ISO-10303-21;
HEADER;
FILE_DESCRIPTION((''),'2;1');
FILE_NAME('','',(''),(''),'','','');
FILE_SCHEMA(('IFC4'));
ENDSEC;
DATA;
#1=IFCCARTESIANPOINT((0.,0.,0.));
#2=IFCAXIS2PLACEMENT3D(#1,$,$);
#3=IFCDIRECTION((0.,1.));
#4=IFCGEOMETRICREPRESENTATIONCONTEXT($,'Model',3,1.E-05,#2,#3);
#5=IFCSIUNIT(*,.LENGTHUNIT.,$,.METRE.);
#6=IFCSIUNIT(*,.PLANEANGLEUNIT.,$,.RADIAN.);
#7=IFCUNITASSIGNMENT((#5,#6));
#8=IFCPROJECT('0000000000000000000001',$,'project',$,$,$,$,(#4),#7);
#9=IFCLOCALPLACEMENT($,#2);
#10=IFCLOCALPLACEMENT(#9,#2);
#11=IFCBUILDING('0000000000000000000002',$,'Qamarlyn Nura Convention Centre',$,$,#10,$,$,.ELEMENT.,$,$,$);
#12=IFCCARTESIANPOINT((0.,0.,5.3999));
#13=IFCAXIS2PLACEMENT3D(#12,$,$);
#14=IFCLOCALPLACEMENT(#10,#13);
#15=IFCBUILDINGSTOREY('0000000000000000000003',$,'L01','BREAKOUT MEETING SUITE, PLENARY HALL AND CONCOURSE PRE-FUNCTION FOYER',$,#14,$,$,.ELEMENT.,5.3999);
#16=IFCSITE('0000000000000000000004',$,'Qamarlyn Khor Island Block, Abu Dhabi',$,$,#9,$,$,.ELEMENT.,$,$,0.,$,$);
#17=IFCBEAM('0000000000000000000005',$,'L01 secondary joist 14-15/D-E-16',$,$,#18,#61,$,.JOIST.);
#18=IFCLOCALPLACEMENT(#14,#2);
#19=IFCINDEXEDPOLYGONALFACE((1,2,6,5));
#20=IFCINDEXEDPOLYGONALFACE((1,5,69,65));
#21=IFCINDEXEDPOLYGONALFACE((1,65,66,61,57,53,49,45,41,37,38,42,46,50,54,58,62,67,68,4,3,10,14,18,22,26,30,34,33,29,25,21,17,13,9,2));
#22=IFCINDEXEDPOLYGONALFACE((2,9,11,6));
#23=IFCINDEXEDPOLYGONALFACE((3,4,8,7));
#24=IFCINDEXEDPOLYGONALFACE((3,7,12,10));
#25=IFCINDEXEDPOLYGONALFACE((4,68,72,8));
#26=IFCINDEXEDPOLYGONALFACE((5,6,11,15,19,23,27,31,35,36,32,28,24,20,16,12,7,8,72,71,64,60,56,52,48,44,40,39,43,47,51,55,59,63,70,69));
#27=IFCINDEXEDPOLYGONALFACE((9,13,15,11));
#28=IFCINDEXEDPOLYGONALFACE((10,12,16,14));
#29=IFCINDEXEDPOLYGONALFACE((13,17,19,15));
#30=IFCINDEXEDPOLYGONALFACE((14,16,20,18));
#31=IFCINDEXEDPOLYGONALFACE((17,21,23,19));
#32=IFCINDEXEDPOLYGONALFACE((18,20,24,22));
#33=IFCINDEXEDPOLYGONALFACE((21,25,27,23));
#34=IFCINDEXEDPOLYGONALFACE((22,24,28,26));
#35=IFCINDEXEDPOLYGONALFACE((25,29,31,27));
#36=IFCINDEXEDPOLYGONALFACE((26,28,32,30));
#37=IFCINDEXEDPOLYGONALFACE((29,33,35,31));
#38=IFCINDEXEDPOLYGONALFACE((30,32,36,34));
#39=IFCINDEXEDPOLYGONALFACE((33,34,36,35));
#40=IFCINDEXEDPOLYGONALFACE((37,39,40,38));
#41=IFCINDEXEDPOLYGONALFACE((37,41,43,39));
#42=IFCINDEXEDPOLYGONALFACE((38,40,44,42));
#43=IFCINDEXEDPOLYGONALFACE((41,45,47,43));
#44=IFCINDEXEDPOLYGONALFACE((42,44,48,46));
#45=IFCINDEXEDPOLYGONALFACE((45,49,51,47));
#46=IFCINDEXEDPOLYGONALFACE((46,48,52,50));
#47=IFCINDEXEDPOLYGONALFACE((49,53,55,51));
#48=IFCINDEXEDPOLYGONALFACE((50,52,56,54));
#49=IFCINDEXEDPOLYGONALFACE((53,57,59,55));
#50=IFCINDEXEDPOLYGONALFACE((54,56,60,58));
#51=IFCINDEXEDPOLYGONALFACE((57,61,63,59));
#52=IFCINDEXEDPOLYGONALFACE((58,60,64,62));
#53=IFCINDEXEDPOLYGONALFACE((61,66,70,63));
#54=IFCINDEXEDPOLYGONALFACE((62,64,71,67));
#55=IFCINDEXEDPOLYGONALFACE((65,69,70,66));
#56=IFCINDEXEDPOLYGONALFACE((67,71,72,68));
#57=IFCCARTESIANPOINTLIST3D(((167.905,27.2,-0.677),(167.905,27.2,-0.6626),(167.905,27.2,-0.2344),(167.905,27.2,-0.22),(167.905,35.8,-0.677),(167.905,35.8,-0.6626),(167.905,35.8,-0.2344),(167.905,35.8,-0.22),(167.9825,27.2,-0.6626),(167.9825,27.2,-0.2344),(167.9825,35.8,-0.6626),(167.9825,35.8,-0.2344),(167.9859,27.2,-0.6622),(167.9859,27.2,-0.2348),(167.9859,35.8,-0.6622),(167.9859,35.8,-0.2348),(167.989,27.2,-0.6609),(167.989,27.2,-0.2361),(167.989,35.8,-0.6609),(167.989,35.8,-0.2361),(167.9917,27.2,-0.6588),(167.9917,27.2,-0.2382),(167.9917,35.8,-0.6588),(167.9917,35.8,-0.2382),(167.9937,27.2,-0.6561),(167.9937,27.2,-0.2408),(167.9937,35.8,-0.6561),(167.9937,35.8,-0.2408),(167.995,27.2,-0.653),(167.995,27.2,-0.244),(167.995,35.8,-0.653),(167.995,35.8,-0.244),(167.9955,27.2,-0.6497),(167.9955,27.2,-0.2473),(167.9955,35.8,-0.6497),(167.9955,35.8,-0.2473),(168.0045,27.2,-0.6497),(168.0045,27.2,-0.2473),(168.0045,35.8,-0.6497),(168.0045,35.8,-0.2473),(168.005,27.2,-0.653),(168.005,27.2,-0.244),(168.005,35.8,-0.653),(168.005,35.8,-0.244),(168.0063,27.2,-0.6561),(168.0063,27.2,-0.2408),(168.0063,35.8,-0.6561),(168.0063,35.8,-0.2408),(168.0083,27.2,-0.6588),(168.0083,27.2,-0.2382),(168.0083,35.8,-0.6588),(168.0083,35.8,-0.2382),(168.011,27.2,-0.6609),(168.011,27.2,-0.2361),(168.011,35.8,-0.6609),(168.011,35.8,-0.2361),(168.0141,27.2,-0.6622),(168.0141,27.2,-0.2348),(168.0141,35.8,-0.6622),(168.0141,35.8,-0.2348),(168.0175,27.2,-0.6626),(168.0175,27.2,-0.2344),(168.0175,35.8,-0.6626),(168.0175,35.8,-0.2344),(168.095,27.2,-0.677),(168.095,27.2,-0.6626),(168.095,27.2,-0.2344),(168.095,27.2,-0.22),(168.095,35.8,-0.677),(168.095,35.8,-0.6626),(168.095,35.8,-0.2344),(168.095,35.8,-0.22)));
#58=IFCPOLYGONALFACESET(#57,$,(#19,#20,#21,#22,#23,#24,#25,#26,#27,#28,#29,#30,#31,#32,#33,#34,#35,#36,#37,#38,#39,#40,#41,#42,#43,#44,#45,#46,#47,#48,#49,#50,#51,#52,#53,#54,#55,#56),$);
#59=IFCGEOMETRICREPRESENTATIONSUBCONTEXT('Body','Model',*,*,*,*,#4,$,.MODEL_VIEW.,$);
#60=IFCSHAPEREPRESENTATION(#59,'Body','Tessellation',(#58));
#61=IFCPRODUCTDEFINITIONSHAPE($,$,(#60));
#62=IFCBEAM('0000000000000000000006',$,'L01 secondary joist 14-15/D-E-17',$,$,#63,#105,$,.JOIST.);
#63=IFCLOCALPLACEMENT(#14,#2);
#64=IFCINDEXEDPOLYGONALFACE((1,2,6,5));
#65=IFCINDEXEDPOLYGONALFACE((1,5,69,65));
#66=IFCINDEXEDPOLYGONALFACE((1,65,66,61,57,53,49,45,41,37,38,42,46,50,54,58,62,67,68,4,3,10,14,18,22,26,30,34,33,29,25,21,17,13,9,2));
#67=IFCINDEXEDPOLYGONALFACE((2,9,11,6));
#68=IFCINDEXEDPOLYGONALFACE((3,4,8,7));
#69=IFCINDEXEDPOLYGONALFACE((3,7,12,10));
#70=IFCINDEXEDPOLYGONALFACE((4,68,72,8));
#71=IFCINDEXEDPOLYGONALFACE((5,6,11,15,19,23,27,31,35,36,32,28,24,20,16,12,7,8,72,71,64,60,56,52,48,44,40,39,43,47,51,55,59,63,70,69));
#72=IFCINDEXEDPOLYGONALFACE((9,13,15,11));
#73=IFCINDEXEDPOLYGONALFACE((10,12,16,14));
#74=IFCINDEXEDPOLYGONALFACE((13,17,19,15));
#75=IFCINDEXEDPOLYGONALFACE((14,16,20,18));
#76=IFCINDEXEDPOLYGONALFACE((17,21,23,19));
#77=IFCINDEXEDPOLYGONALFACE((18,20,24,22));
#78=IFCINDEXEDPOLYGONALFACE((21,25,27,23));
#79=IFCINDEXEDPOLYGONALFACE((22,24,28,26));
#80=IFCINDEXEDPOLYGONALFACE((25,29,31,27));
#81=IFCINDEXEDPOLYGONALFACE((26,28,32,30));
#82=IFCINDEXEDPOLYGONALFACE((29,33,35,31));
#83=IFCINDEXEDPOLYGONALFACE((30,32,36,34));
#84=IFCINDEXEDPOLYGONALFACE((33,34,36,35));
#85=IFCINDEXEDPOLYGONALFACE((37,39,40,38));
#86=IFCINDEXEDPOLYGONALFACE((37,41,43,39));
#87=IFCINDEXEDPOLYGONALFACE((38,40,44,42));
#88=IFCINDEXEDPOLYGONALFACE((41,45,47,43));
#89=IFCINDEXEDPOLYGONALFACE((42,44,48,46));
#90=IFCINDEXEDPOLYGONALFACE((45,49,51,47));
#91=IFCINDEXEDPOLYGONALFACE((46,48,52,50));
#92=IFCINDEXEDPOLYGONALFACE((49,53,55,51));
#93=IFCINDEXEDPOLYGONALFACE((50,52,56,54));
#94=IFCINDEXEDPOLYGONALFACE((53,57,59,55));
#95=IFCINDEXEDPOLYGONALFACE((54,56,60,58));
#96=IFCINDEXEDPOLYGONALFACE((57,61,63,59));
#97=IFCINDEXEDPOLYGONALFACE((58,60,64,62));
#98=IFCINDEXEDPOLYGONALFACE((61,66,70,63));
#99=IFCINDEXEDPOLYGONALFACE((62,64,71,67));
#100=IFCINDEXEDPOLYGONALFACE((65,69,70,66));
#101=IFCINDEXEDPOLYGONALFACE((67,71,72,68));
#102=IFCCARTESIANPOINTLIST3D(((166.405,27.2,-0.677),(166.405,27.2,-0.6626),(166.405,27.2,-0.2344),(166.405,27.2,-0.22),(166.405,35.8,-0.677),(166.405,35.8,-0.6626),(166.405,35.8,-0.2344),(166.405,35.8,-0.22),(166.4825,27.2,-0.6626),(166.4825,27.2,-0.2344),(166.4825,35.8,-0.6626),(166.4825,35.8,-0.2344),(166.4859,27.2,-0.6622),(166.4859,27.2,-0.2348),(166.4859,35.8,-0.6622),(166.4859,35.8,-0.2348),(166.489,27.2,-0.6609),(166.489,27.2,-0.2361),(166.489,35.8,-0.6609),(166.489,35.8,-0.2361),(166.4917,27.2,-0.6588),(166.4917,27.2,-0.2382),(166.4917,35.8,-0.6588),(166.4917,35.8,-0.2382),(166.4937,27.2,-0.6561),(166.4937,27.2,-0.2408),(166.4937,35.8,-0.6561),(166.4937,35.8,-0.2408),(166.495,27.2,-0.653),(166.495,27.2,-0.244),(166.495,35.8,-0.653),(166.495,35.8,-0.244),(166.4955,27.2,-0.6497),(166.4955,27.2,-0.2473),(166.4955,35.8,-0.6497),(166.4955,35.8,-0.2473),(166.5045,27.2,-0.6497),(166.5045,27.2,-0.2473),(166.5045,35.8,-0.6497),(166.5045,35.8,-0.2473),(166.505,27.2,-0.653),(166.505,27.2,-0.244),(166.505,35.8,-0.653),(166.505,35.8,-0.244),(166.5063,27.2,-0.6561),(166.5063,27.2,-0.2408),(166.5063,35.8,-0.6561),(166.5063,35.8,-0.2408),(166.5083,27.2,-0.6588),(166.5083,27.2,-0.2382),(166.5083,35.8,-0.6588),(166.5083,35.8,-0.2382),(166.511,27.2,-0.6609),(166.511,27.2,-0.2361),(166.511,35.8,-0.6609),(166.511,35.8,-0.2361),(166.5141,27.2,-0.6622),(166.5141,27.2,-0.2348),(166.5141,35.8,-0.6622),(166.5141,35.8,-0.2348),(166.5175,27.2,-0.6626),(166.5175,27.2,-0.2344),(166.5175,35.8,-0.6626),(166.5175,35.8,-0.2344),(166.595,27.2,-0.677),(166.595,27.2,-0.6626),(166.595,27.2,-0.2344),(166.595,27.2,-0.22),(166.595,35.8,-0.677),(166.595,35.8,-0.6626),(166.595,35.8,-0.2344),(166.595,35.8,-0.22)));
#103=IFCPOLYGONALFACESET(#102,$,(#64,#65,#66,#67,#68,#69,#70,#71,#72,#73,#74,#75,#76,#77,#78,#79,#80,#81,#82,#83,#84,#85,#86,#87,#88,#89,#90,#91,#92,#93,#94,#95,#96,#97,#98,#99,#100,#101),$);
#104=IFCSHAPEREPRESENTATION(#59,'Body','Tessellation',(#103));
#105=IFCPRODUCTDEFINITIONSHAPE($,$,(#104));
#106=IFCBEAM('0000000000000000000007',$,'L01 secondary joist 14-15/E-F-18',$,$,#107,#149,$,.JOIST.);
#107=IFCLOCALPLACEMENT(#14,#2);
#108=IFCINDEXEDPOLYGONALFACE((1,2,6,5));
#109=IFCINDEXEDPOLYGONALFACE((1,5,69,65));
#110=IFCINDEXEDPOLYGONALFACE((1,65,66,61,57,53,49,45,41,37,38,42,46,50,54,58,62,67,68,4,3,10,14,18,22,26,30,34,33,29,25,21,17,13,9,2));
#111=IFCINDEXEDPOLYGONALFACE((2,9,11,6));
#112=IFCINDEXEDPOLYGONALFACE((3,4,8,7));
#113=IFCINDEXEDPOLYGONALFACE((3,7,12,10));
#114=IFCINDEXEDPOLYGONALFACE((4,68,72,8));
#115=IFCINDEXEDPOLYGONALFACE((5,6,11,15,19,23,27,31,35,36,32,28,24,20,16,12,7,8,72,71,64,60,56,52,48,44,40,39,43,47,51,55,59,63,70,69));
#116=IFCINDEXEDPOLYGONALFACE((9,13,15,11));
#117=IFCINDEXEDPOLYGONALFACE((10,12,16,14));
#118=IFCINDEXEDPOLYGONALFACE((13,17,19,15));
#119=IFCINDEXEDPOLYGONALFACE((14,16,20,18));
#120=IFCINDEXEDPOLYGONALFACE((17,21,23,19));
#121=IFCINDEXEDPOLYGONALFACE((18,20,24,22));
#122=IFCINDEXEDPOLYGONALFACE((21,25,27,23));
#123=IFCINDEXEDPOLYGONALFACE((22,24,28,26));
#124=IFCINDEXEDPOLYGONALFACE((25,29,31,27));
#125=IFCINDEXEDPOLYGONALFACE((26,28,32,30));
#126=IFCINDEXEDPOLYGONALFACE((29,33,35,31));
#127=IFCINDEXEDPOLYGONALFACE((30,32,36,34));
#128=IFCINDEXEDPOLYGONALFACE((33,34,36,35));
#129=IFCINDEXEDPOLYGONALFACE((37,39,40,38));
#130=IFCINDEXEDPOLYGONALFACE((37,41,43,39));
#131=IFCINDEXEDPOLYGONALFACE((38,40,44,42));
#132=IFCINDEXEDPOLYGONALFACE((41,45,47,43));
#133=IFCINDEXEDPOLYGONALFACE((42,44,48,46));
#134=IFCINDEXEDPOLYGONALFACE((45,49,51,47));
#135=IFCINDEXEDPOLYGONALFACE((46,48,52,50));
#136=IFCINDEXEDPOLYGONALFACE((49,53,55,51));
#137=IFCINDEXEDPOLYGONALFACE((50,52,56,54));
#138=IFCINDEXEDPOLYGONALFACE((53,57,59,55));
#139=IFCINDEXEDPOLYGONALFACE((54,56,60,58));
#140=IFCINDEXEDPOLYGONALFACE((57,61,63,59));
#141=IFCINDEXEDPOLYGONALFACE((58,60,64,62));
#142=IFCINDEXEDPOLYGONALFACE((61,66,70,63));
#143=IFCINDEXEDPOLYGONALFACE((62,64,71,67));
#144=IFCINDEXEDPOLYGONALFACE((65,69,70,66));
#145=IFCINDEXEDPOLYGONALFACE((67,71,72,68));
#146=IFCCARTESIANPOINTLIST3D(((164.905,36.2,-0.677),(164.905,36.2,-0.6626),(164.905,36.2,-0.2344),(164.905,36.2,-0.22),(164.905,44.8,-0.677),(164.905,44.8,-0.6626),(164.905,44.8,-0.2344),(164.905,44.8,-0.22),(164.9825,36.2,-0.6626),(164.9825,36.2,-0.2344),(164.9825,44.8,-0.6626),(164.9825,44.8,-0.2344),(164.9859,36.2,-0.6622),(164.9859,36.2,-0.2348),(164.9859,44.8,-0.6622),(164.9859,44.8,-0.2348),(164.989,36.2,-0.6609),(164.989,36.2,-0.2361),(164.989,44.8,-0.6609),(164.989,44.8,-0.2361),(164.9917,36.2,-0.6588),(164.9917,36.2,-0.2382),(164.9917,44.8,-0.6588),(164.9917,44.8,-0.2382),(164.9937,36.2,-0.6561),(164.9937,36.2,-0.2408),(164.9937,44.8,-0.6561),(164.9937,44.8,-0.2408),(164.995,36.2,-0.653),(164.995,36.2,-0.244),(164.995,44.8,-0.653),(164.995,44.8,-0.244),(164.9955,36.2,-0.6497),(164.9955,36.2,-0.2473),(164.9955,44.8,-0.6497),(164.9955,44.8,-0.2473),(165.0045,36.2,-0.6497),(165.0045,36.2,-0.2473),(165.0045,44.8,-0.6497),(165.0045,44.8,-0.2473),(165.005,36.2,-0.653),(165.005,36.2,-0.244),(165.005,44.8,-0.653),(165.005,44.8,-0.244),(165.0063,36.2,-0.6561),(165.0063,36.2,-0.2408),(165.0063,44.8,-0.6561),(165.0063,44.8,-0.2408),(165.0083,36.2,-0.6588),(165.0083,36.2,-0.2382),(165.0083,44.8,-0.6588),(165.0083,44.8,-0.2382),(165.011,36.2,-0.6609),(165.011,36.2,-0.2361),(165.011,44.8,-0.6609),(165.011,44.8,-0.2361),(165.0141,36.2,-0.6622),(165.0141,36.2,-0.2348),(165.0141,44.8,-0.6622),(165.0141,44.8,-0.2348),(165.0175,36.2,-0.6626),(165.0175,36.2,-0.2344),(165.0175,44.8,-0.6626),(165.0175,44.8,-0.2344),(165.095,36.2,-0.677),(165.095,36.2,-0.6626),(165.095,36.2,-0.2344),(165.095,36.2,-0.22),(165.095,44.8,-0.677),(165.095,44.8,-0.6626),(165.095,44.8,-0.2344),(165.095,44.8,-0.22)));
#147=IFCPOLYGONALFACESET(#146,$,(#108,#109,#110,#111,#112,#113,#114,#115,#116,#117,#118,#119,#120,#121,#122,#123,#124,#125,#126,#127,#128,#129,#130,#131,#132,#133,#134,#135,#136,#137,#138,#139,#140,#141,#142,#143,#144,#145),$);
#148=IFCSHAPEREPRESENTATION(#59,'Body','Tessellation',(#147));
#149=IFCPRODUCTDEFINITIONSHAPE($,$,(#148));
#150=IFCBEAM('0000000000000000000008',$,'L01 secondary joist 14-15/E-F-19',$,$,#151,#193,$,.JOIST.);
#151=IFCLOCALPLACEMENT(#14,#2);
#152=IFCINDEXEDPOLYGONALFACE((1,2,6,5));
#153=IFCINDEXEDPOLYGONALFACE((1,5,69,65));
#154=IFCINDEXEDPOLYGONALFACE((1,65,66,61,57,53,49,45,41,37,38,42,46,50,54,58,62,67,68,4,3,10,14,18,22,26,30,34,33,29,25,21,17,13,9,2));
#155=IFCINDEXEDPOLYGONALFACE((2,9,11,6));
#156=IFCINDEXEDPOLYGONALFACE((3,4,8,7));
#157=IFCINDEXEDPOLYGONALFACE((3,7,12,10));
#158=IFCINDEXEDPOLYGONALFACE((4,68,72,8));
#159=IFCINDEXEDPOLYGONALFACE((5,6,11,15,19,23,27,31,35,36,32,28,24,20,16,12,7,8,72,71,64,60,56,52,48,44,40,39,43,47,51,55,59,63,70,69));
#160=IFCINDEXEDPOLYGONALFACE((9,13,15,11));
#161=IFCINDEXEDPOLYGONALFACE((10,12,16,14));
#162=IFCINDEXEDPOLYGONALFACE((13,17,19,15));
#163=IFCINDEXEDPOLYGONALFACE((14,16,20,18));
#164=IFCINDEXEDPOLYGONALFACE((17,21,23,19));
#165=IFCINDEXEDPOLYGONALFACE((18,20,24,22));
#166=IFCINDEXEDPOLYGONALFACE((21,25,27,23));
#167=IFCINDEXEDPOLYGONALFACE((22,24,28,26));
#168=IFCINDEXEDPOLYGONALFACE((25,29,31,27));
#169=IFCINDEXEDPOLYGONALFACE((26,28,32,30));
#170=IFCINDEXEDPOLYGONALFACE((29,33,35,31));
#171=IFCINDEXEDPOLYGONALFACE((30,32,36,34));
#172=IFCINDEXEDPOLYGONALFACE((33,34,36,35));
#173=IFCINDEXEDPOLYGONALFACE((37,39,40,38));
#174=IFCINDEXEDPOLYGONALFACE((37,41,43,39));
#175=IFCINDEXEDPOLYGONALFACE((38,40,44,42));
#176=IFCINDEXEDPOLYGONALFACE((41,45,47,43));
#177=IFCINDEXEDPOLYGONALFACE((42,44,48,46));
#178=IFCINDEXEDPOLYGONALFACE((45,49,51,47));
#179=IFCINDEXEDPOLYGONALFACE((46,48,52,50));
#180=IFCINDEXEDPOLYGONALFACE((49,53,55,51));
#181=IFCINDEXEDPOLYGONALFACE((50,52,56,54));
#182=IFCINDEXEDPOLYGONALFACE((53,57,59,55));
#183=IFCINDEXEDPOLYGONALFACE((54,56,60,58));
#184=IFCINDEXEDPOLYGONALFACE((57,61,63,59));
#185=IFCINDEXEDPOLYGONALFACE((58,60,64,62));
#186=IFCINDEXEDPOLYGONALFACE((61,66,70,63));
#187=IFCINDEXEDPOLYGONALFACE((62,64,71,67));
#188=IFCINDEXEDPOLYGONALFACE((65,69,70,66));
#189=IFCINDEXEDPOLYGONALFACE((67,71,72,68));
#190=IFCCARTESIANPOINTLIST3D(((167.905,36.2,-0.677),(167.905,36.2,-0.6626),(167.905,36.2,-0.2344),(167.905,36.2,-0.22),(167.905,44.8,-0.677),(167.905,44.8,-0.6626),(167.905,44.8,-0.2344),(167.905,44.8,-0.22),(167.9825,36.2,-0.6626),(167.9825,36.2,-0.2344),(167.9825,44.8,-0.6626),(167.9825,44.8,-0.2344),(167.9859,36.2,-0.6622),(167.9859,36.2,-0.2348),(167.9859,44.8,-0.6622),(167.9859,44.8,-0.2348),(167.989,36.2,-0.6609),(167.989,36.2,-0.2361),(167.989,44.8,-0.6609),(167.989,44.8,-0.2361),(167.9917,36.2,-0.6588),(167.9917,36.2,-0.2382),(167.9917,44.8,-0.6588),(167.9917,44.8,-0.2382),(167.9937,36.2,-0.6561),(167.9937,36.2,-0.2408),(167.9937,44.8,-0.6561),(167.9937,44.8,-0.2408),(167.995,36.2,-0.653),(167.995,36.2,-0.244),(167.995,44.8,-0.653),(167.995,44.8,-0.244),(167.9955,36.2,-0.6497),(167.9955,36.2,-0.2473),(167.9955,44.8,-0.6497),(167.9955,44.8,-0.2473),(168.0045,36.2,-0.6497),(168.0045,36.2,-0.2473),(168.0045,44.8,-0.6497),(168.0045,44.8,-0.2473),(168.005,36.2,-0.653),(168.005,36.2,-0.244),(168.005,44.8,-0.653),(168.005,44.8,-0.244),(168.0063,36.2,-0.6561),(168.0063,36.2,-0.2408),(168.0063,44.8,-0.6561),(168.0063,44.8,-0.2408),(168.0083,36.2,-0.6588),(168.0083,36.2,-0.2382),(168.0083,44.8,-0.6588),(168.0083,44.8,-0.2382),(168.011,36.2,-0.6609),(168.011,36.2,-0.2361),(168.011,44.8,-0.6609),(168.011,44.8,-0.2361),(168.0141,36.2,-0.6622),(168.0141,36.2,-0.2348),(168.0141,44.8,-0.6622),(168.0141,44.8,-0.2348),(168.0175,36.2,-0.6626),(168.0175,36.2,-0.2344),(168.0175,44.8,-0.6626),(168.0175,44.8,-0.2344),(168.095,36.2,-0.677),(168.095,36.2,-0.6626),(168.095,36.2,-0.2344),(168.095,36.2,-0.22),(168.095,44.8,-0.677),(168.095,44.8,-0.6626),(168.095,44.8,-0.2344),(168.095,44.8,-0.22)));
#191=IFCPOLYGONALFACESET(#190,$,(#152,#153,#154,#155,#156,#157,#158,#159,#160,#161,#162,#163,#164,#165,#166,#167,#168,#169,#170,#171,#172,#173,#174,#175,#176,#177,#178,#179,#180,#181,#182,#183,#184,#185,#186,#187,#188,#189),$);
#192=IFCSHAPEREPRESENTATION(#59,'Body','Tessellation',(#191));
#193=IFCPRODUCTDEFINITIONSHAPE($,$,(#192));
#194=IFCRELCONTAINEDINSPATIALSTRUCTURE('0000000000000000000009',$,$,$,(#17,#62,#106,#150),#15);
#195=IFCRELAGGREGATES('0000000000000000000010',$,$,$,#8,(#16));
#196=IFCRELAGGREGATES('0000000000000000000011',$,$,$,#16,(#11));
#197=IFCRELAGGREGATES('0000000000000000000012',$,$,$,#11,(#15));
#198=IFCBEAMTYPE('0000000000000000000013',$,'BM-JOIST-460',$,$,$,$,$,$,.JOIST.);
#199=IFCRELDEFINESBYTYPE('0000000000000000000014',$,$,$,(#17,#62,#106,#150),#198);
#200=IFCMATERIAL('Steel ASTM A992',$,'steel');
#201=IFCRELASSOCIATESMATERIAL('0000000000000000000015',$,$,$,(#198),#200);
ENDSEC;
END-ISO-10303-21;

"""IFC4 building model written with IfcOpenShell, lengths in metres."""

from ifc_helpers import new_model, si_unit, direction, frame, origin, origin_2d, place, context, subcontext, project, spatial, i_section, extrude, material, material_profile, profile_set, type_object, element, save


model = new_model("IFC4")

# Units and contexts
model_context = context("Model", 3, precision=1e-05, world=origin(), true_north=direction((0.0, 1.0)))
body_context = subcontext(model_context, "Body", "Model", "MODEL_VIEW")
ifc_project = project(units=[si_unit("LENGTHUNIT", "METRE"), si_unit("PLANEANGLEUNIT", "RADIAN")], contexts=[model_context])

# Site, building, storey
site_placement = place(None, origin())
site = spatial("IfcSite", under=ifc_project, at=site_placement, Name="Qamarlyn Khor Island Block, Abu Dhabi", CompositionType="ELEMENT", RefElevation=0.0)
building_placement = place(site_placement, origin())
building = spatial("IfcBuilding", under=site, at=building_placement, Name="Qamarlyn Nura Convention Centre", CompositionType="ELEMENT")
storey_placement = place(building_placement, frame((0.0, 0.0, 5.3999)))
storey = spatial("IfcBuildingStorey", under=building, at=storey_placement, Name="L01", Description="BREAKOUT MEETING SUITE, PLENARY HALL AND CONCOURSE PRE-FUNCTION FOYER", CompositionType="ELEMENT", Elevation=5.3999)

# Shared definitions
ifc_material_1 = material(Name="Steel ASTM A992", Category="steel")

# Beams
ifc_material_profile_1 = material_profile(ifc_material_1, i_section(OverallWidth=0.1899, OverallDepth=0.457, WebThickness=0.009, FlangeThickness=0.0144, FilletRadius=0.0129, at=origin_2d()), Name="W460X74")
ifc_profile_set_1 = profile_set([ifc_material_profile_1], Name="Steel ASTM A992")
beam_type_1 = type_object("IfcBeamType", Name="BM-JOIST-460", PredefinedType="JOIST", material=ifc_profile_set_1)
for number, where, z_axis, x_axis, name in (
    (1, (168.0, 27.2, -0.4485), (0.0, 1.0, 0.0), (-1.0, 0.0, 0.0), "L01 secondary joist 14-15/D-E-16"),
    (2, (166.5, 27.2, -0.4485), (0.0, 1.0, 0.0), (-1.0, 0.0, 0.0), "L01 secondary joist 14-15/D-E-17"),
    (3, (165.0, 36.2, -0.4485), (0.0, 1.0, 0.0), (-1.0, 0.0, 0.0), "L01 secondary joist 14-15/E-F-18"),
    (4, (168.0, 36.2, -0.4485), (0.0, 1.0, 0.0), (-1.0, 0.0, 0.0), "L01 secondary joist 14-15/E-F-19"),
):
    element("IfcBeam", number, at=place(storey_placement, frame(where, z_axis=z_axis, x_axis=x_axis)), inside=storey, type_object=beam_type_1, Name=name, PredefinedType="JOIST", context=body_context, shape_type="SweptSolid", body=[
        extrude(i_section(OverallWidth=0.1899, OverallDepth=0.457, WebThickness=0.009, FlangeThickness=0.0144, FilletRadius=0.0129, at=origin_2d()), origin(), (0.0, 0.0, 1.0), 8.6001),
    ])

save(model, "model.ifc")
